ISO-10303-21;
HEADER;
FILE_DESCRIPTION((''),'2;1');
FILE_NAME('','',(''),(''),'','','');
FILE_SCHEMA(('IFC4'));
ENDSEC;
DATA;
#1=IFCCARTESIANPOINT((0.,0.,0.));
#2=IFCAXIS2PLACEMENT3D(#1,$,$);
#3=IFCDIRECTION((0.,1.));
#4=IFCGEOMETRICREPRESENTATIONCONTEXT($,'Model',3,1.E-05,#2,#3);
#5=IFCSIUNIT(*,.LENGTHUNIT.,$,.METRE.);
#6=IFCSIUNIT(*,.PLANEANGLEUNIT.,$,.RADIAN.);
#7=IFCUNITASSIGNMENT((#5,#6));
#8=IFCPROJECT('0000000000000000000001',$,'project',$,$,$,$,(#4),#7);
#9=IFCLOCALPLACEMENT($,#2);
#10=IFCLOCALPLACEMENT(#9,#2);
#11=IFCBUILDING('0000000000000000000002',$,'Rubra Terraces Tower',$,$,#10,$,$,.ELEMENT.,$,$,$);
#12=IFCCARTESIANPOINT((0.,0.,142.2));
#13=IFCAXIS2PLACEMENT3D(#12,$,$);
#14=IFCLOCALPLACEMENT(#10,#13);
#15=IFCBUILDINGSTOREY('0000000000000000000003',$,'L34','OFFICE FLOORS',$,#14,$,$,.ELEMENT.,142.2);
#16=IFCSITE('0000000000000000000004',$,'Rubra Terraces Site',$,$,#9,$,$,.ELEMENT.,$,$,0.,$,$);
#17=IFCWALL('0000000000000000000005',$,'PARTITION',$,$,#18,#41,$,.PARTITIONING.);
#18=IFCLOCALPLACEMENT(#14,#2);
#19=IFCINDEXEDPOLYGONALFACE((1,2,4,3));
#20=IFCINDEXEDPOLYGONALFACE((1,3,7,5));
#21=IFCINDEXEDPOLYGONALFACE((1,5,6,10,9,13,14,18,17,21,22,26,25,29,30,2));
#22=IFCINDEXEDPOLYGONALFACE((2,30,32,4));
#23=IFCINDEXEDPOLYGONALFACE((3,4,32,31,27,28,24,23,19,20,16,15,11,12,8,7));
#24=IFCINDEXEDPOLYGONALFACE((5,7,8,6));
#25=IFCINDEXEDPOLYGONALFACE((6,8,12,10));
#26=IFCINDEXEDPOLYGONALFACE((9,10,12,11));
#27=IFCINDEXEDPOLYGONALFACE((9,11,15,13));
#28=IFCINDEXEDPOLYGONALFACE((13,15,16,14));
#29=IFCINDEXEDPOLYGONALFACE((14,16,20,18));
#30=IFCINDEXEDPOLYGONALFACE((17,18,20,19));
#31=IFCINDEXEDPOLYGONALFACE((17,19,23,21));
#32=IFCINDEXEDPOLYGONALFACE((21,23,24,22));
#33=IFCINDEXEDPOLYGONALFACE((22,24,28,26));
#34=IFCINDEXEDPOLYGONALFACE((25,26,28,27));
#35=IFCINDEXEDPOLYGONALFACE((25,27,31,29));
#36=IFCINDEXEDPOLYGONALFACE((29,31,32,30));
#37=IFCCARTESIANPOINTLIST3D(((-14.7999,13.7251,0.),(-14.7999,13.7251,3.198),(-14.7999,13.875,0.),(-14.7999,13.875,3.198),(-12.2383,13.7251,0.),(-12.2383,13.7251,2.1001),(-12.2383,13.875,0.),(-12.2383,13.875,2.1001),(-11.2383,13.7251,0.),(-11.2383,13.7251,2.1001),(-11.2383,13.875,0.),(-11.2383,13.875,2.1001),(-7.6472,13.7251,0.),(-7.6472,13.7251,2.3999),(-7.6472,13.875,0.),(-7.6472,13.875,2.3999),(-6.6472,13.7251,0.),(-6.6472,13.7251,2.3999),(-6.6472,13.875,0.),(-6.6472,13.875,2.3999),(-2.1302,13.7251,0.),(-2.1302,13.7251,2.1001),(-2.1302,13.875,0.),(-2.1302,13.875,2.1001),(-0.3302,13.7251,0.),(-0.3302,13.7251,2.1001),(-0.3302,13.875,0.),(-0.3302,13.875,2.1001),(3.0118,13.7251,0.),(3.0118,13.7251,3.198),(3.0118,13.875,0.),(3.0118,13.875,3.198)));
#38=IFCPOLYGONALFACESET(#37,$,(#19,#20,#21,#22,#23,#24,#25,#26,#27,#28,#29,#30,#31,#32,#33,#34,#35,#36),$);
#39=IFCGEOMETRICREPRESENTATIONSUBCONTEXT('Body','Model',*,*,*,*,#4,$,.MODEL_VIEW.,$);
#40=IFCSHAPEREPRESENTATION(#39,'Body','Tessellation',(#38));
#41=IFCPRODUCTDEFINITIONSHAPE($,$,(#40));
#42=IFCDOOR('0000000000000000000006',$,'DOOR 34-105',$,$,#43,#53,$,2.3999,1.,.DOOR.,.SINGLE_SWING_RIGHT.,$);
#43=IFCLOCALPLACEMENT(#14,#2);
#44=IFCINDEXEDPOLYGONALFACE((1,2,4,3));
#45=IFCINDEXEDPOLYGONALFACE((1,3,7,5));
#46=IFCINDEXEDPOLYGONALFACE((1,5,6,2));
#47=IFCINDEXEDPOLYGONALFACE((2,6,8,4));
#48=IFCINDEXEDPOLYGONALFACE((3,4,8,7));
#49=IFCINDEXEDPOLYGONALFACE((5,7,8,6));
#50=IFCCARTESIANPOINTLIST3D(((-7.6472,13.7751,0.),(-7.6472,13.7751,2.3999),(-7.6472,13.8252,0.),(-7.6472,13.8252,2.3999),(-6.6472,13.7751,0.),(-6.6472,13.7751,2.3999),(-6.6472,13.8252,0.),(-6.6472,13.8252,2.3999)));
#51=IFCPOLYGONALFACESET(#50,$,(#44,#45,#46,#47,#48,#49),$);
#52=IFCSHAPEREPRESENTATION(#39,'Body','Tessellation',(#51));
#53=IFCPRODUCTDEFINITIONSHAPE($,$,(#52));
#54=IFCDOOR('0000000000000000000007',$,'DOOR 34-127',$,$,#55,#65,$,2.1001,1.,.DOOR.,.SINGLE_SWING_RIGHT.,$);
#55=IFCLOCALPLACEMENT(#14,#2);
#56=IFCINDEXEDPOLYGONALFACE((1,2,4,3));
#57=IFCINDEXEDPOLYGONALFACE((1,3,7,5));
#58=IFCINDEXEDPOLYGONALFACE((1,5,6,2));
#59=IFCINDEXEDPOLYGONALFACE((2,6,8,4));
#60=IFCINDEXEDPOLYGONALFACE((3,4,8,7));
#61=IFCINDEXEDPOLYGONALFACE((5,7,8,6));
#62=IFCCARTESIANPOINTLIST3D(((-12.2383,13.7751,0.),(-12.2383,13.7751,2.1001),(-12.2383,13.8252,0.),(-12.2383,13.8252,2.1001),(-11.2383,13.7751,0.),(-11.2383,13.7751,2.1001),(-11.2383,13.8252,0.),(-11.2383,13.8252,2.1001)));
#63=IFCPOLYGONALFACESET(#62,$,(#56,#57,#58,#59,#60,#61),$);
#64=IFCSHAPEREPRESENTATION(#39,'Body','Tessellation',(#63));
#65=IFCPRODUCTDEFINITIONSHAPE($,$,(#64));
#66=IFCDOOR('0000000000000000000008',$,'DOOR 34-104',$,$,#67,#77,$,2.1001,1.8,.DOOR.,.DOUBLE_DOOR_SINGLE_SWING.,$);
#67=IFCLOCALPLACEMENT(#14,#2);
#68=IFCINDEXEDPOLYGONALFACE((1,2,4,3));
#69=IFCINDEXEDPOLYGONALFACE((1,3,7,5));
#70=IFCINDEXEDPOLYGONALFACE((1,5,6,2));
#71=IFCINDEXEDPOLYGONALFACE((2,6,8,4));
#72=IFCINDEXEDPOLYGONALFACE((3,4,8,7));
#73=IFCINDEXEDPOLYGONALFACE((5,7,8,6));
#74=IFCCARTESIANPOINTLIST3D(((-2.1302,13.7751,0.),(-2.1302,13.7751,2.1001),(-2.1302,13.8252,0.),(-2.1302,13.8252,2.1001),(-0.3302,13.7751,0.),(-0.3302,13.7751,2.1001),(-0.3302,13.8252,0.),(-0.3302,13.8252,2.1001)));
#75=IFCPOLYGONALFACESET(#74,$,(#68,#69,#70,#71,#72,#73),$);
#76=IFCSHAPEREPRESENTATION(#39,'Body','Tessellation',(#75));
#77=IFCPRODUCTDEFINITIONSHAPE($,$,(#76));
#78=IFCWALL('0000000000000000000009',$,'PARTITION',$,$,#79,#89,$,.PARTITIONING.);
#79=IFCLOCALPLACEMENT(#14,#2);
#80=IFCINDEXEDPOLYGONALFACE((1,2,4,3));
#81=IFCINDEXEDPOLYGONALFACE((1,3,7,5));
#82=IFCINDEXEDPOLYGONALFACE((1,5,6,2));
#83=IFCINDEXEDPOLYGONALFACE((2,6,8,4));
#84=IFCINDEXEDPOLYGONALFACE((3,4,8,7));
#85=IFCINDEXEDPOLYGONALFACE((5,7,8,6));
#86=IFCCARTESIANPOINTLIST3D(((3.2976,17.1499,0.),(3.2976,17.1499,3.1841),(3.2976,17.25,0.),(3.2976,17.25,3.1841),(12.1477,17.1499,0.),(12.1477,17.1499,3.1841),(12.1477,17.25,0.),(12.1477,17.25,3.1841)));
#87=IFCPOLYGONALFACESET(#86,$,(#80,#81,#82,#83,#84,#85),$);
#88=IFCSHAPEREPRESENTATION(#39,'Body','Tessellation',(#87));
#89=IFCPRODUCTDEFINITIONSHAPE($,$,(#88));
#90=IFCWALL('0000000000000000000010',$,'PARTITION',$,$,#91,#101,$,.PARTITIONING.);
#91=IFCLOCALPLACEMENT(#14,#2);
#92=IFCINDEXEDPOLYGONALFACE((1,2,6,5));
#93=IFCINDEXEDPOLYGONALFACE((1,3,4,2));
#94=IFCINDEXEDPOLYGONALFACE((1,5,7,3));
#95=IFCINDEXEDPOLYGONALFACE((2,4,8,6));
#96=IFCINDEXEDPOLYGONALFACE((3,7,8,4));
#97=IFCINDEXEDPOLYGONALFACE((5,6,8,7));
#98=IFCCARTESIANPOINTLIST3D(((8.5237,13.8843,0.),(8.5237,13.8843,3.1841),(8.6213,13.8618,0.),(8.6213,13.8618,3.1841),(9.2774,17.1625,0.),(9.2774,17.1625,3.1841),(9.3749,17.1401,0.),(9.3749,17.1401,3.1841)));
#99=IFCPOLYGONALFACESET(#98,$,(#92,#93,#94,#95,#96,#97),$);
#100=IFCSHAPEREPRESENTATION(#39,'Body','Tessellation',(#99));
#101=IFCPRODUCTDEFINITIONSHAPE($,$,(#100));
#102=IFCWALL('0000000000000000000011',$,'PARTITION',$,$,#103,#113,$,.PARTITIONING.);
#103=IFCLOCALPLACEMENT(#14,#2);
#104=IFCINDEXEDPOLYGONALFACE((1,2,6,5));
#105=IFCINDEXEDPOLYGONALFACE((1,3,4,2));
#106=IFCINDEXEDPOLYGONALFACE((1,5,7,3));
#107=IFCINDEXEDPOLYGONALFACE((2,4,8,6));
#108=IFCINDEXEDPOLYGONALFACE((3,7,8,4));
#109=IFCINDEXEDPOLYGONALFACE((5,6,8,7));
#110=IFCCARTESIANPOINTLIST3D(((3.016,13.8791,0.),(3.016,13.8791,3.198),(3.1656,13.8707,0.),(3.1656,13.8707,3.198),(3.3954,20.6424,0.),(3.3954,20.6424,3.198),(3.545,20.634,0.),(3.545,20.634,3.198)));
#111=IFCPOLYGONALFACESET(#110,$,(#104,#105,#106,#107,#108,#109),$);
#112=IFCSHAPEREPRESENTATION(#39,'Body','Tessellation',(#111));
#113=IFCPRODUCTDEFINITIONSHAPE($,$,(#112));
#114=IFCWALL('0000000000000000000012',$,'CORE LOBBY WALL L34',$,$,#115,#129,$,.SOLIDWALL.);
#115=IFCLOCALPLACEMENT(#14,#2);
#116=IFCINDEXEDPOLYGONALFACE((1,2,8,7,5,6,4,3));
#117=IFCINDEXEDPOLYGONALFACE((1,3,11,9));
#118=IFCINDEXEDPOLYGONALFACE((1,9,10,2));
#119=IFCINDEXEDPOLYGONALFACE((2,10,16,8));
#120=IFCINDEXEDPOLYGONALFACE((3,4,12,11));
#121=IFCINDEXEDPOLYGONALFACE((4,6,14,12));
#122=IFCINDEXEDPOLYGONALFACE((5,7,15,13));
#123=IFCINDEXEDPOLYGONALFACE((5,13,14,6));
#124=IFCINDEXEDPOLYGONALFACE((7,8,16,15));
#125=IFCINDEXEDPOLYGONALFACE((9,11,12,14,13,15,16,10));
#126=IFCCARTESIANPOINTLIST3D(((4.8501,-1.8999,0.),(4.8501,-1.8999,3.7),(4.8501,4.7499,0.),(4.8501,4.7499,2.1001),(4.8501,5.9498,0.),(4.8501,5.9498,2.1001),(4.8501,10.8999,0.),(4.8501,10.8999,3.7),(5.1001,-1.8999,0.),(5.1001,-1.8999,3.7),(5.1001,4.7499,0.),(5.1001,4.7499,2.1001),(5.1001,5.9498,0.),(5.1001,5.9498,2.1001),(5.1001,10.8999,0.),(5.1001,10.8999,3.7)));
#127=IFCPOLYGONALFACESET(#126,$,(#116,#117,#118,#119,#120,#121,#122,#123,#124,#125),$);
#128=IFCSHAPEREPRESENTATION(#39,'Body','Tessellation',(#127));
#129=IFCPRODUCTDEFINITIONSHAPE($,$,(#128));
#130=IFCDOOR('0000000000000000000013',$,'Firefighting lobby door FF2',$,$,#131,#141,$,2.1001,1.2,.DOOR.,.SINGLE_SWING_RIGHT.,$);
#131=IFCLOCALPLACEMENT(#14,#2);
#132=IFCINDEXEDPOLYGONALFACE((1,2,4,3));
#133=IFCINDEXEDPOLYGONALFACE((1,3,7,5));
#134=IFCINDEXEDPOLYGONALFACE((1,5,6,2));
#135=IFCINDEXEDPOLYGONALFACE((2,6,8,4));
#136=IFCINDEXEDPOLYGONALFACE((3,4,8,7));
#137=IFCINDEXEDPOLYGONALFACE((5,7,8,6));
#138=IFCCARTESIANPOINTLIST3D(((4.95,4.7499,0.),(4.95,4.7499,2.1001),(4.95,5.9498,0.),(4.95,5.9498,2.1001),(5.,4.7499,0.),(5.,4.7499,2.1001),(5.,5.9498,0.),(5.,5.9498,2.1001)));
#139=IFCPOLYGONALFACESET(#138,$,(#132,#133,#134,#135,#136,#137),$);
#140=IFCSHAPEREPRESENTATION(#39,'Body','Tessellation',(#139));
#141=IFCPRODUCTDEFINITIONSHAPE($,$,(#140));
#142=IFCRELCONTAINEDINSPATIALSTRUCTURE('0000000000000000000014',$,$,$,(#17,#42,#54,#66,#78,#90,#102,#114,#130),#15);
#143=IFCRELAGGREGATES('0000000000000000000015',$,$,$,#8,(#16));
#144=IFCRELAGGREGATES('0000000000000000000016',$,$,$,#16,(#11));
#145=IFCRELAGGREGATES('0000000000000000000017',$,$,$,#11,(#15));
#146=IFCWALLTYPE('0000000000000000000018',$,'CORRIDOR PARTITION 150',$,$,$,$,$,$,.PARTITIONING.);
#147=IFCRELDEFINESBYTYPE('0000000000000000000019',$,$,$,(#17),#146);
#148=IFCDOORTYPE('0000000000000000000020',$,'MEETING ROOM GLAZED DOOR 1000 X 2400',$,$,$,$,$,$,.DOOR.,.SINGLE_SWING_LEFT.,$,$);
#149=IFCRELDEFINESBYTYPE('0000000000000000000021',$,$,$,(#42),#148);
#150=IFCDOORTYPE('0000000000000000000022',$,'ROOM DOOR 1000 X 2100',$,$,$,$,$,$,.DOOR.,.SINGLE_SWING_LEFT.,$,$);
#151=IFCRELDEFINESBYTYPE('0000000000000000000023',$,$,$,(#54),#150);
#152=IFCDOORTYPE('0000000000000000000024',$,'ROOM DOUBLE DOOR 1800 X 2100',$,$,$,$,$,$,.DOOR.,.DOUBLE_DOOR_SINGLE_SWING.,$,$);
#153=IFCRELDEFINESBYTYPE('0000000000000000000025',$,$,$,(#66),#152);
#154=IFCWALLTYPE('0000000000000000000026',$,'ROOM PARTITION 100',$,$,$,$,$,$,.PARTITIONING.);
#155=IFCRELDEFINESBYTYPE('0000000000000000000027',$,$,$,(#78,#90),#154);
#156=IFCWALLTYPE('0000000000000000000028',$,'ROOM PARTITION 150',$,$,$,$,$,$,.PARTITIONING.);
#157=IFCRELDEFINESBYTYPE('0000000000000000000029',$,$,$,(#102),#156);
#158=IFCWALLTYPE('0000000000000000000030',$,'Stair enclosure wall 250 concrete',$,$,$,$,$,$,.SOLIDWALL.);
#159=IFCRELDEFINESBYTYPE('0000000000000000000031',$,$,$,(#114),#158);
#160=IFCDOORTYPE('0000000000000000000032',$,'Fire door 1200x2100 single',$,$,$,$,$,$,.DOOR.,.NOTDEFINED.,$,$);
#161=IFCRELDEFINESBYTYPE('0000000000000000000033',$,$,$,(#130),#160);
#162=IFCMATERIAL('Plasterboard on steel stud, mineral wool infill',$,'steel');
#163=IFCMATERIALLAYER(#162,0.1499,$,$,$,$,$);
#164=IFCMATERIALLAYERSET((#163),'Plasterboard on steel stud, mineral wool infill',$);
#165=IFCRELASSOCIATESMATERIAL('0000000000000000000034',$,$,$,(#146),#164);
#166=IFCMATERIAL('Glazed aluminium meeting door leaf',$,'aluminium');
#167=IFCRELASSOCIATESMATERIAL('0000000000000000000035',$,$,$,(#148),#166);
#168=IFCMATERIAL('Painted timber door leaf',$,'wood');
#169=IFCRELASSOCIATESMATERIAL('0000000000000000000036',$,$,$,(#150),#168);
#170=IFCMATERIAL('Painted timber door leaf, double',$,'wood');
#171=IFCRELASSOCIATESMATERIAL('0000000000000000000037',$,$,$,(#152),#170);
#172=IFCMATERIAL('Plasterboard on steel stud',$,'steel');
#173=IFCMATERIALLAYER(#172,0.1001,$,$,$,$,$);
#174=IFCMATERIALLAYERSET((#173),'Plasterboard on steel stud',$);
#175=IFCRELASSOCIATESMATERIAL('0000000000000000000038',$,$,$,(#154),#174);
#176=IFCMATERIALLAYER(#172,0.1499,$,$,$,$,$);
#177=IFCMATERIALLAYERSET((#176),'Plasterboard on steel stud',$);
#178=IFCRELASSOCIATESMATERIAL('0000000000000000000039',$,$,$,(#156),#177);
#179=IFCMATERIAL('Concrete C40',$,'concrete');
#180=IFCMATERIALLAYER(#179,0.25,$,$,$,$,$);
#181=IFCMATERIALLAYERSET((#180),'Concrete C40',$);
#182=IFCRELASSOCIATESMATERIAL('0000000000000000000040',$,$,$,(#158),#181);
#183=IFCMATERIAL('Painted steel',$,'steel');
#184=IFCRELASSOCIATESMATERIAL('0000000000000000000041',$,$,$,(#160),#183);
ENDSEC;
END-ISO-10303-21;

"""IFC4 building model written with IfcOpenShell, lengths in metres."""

from ifc_helpers import new_model, si_unit, direction, frame, frame_2d, origin, place, context, subcontext, project, spatial, rectangle, extrude, material, layer, layer_set, type_object, element, fill, save


model = new_model("IFC4")

# Units and contexts
model_context = context("Model", 3, precision=1e-05, world=origin(), true_north=direction((0.0, 1.0)))
body_context = subcontext(model_context, "Body", "Model", "MODEL_VIEW")
ifc_project = project(units=[si_unit("LENGTHUNIT", "METRE"), si_unit("PLANEANGLEUNIT", "RADIAN")], contexts=[model_context])

# Site, building, storey
site_placement = place(None, origin())
site = spatial("IfcSite", under=ifc_project, at=site_placement, Name="Rubra Terraces Site", CompositionType="ELEMENT", RefElevation=0.0)
building_placement = place(site_placement, origin())
building = spatial("IfcBuilding", under=site, at=building_placement, Name="Rubra Terraces Tower", CompositionType="ELEMENT")
storey_placement = place(building_placement, frame((0.0, 0.0, 142.2)))
storey = spatial("IfcBuildingStorey", under=building, at=storey_placement, Name="L34", Description="OFFICE FLOORS", CompositionType="ELEMENT", Elevation=142.2)

# Wall, openings, doors
ifc_material_1 = material(Name="Plasterboard on steel stud, mineral wool infill", Category="steel")
ifc_layer_1 = layer(ifc_material_1, 0.1499)
ifc_layer_set_1 = layer_set([ifc_layer_1], Name="Plasterboard on steel stud, mineral wool infill")
wall_type_1 = type_object("IfcWallType", Name="CORRIDOR PARTITION 150", PredefinedType="PARTITIONING", material=ifc_layer_set_1)
wall_1_placement = place(storey_placement, frame((3.0117, 13.8, 0.0), z_axis=(0.0, 0.0, 1.0), x_axis=(-1.0, 0.0, 0.0)))
wall_1 = element("IfcWall", 1, at=wall_1_placement, inside=storey, type_object=wall_type_1, Name="PARTITION", PredefinedType="PARTITIONING", context=body_context, shape_type="SweptSolid", body=[
    extrude(rectangle(XDim=17.8118, YDim=0.1499, at=frame_2d((8.9058, 0.0))), origin(), (0.0, 0.0, 1.0), 3.198),
])
opening_1_placement = place(wall_1_placement, frame((3.342, 0.0, 0.0)))
opening_1 = element("IfcOpeningElement", 2, at=opening_1_placement, cuts=wall_1, PredefinedType="OPENING", context=body_context, shape_type="SweptSolid", body=[
    extrude(rectangle(XDim=1.8, YDim=2.1001, at=frame_2d((0.8999, 1.05))), frame((0.0, 0.085, 0.0), z_axis=(0.0, -1.0, 0.0), x_axis=(1.0, 0.0, 0.0)), (0.0, 0.0, 1.0), 0.1699),
])
opening_2_placement = place(wall_1_placement, frame((9.6589, 0.0, 0.0)))
opening_2 = element("IfcOpeningElement", 3, at=opening_2_placement, cuts=wall_1, PredefinedType="OPENING", context=body_context, shape_type="SweptSolid", body=[
    extrude(rectangle(XDim=1.0, YDim=2.3999, at=frame_2d((0.5, 1.2))), frame((0.0, 0.085, 0.0), z_axis=(0.0, -1.0, 0.0), x_axis=(1.0, 0.0, 0.0)), (0.0, 0.0, 1.0), 0.1699),
])
opening_3_placement = place(wall_1_placement, frame((14.25, 0.0, 0.0)))
opening_3 = element("IfcOpeningElement", 4, at=opening_3_placement, cuts=wall_1, PredefinedType="OPENING", context=body_context, shape_type="SweptSolid", body=[
    extrude(rectangle(XDim=1.0, YDim=2.1001, at=frame_2d((0.5, 1.05))), frame((0.0, 0.085, 0.0), z_axis=(0.0, -1.0, 0.0), x_axis=(1.0, 0.0, 0.0)), (0.0, 0.0, 1.0), 0.1699),
])
ifc_material_2 = material(Name="Glazed aluminium meeting door leaf", Category="aluminium")
door_type_1 = type_object("IfcDoorType", Name="MEETING ROOM GLAZED DOOR 1000 X 2400", OperationType="SINGLE_SWING_LEFT", PredefinedType="DOOR", material=ifc_material_2)
door_1_placement = place(opening_2_placement, origin())
door_1 = element("IfcDoor", 5, at=door_1_placement, inside=storey, type_object=door_type_1, Name="DOOR 34-105", OperationType="SINGLE_SWING_RIGHT", OverallHeight=2.3999, OverallWidth=1.0, PredefinedType="DOOR", context=body_context, shape_type="SweptSolid", body=[
    extrude(rectangle(XDim=1.0, YDim=2.3999, at=frame_2d((0.5, 1.2))), frame((0.0, 0.0249, 0.0), z_axis=(0.0, -1.0, 0.0), x_axis=(1.0, 0.0, 0.0)), (0.0, 0.0, 1.0), 0.05),
])
fill(opening_2, door_1)
ifc_material_3 = material(Name="Painted timber door leaf", Category="wood")
door_type_2 = type_object("IfcDoorType", Name="ROOM DOOR 1000 X 2100", OperationType="SINGLE_SWING_LEFT", PredefinedType="DOOR", material=ifc_material_3)
door_2_placement = place(opening_3_placement, origin())
door_2 = element("IfcDoor", 6, at=door_2_placement, inside=storey, type_object=door_type_2, Name="DOOR 34-127", OperationType="SINGLE_SWING_RIGHT", OverallHeight=2.1001, OverallWidth=1.0, PredefinedType="DOOR", context=body_context, shape_type="SweptSolid", body=[
    extrude(rectangle(XDim=1.0, YDim=2.1001, at=frame_2d((0.5, 1.05))), frame((0.0, 0.0249, 0.0), z_axis=(0.0, -1.0, 0.0), x_axis=(1.0, 0.0, 0.0)), (0.0, 0.0, 1.0), 0.05),
])
fill(opening_3, door_2)
ifc_material_4 = material(Name="Painted timber door leaf, double", Category="wood")
door_type_3 = type_object("IfcDoorType", Name="ROOM DOUBLE DOOR 1800 X 2100", OperationType="DOUBLE_DOOR_SINGLE_SWING", PredefinedType="DOOR", material=ifc_material_4)
door_3_placement = place(opening_1_placement, origin())
door_3 = element("IfcDoor", 7, at=door_3_placement, inside=storey, type_object=door_type_3, Name="DOOR 34-104", OperationType="DOUBLE_DOOR_SINGLE_SWING", OverallHeight=2.1001, OverallWidth=1.8, PredefinedType="DOOR", context=body_context, shape_type="SweptSolid", body=[
    extrude(rectangle(XDim=1.8, YDim=2.1001, at=frame_2d((0.8999, 1.05))), frame((0.0, 0.0249, 0.0), z_axis=(0.0, -1.0, 0.0), x_axis=(1.0, 0.0, 0.0)), (0.0, 0.0, 1.0), 0.05),
])
fill(opening_1, door_3)

# Walls
ifc_material_5 = material(Name="Plasterboard on steel stud", Category="steel")
ifc_layer_2 = layer(ifc_material_5, 0.1001)
ifc_layer_set_2 = layer_set([ifc_layer_2], Name="Plasterboard on steel stud")
wall_type_2 = type_object("IfcWallType", Name="ROOM PARTITION 100", PredefinedType="PARTITIONING", material=ifc_layer_set_2)
wall_2_placement = place(storey_placement, frame((3.2976, 17.2, 0.0), z_axis=(0.0, 0.0, 1.0), x_axis=(1.0, 0.0, 0.0)))
element("IfcWall", 8, at=wall_2_placement, inside=storey, type_object=wall_type_2, Name="PARTITION", PredefinedType="PARTITIONING", context=body_context, shape_type="SweptSolid", body=[
    extrude(rectangle(XDim=8.8501, YDim=0.1001, at=frame_2d((4.425, 0.0))), origin(), (0.0, 0.0, 1.0), 3.1841),
])
wall_3_placement = place(storey_placement, frame((8.5725, 13.873, 0.0), z_axis=(0.0, 0.0, 1.0), x_axis=(0.224048, 0.974578, 0.0)))
element("IfcWall", 9, at=wall_3_placement, inside=storey, type_object=wall_type_2, Name="PARTITION", PredefinedType="PARTITIONING", context=body_context, shape_type="SweptSolid", body=[
    extrude(rectangle(XDim=3.3638, YDim=0.1001, at=frame_2d((1.6819, 0.0))), origin(), (0.0, 0.0, 1.0), 3.1841),
])
ifc_layer_3 = layer(ifc_material_5, 0.1499)
ifc_layer_set_3 = layer_set([ifc_layer_3], Name="Plasterboard on steel stud")
wall_type_3 = type_object("IfcWallType", Name="ROOM PARTITION 150", PredefinedType="PARTITIONING", material=ifc_layer_set_3)
wall_4_placement = place(storey_placement, frame((3.4702, 20.6382, 0.0), z_axis=(0.0, 0.0, 1.0), x_axis=(-0.056009, -0.99843, 0.0)))
element("IfcWall", 10, at=wall_4_placement, inside=storey, type_object=wall_type_3, Name="PARTITION", PredefinedType="PARTITIONING", context=body_context, shape_type="SweptSolid", body=[
    extrude(rectangle(XDim=6.7739, YDim=0.1499, at=frame_2d((3.387, 0.0))), origin(), (0.0, 0.0, 1.0), 3.198),
])

# Wall, opening, door
ifc_material_6 = material(Name="Concrete C40", Category="concrete")
ifc_layer_4 = layer(ifc_material_6, 0.25)
ifc_layer_set_4 = layer_set([ifc_layer_4], Name="Concrete C40")
wall_type_4 = type_object("IfcWallType", Name="Stair enclosure wall 250 concrete", PredefinedType="SOLIDWALL", material=ifc_layer_set_4)
wall_5_placement = place(storey_placement, frame((4.9751, 10.8999, 0.0), z_axis=(0.0, 0.0, 1.0), x_axis=(0.0, -1.0, 0.0)))
wall_5 = element("IfcWall", 11, at=wall_5_placement, inside=storey, type_object=wall_type_4, Name="CORE LOBBY WALL L34", PredefinedType="SOLIDWALL", context=body_context, shape_type="SweptSolid", body=[
    extrude(rectangle(XDim=12.7998, YDim=0.25, at=frame_2d((6.3999, 0.0))), origin(), (0.0, 0.0, 1.0), 3.7),
])
opening_4_placement = place(wall_5_placement, frame((4.95, 0.0, 0.0)))
opening_4 = element("IfcOpeningElement", 12, at=opening_4_placement, cuts=wall_5, PredefinedType="OPENING", context=body_context, shape_type="SweptSolid", body=[
    extrude(rectangle(XDim=1.2, YDim=2.1001, at=frame_2d((0.6001, 1.05))), frame((0.0, 0.135, 0.0), z_axis=(0.0, -1.0, 0.0), x_axis=(1.0, 0.0, 0.0)), (0.0, 0.0, 1.0), 0.27),
])
ifc_material_7 = material(Name="Painted steel", Category="steel")
door_type_4 = type_object("IfcDoorType", Name="Fire door 1200x2100 single", OperationType="NOTDEFINED", PredefinedType="DOOR", material=ifc_material_7)
door_4_placement = place(opening_4_placement, origin())
door_4 = element("IfcDoor", 13, at=door_4_placement, inside=storey, type_object=door_type_4, Name="Firefighting lobby door FF2", OperationType="SINGLE_SWING_RIGHT", OverallHeight=2.1001, OverallWidth=1.2, PredefinedType="DOOR", context=body_context, shape_type="SweptSolid", body=[
    extrude(rectangle(XDim=1.2, YDim=2.1001, at=frame_2d((0.6001, 1.05))), frame((0.0, 0.0249, 0.0), z_axis=(0.0, -1.0, 0.0), x_axis=(1.0, 0.0, 0.0)), (0.0, 0.0, 1.0), 0.05),
])
fill(opening_4, door_4)

save(model, "model.ifc")
